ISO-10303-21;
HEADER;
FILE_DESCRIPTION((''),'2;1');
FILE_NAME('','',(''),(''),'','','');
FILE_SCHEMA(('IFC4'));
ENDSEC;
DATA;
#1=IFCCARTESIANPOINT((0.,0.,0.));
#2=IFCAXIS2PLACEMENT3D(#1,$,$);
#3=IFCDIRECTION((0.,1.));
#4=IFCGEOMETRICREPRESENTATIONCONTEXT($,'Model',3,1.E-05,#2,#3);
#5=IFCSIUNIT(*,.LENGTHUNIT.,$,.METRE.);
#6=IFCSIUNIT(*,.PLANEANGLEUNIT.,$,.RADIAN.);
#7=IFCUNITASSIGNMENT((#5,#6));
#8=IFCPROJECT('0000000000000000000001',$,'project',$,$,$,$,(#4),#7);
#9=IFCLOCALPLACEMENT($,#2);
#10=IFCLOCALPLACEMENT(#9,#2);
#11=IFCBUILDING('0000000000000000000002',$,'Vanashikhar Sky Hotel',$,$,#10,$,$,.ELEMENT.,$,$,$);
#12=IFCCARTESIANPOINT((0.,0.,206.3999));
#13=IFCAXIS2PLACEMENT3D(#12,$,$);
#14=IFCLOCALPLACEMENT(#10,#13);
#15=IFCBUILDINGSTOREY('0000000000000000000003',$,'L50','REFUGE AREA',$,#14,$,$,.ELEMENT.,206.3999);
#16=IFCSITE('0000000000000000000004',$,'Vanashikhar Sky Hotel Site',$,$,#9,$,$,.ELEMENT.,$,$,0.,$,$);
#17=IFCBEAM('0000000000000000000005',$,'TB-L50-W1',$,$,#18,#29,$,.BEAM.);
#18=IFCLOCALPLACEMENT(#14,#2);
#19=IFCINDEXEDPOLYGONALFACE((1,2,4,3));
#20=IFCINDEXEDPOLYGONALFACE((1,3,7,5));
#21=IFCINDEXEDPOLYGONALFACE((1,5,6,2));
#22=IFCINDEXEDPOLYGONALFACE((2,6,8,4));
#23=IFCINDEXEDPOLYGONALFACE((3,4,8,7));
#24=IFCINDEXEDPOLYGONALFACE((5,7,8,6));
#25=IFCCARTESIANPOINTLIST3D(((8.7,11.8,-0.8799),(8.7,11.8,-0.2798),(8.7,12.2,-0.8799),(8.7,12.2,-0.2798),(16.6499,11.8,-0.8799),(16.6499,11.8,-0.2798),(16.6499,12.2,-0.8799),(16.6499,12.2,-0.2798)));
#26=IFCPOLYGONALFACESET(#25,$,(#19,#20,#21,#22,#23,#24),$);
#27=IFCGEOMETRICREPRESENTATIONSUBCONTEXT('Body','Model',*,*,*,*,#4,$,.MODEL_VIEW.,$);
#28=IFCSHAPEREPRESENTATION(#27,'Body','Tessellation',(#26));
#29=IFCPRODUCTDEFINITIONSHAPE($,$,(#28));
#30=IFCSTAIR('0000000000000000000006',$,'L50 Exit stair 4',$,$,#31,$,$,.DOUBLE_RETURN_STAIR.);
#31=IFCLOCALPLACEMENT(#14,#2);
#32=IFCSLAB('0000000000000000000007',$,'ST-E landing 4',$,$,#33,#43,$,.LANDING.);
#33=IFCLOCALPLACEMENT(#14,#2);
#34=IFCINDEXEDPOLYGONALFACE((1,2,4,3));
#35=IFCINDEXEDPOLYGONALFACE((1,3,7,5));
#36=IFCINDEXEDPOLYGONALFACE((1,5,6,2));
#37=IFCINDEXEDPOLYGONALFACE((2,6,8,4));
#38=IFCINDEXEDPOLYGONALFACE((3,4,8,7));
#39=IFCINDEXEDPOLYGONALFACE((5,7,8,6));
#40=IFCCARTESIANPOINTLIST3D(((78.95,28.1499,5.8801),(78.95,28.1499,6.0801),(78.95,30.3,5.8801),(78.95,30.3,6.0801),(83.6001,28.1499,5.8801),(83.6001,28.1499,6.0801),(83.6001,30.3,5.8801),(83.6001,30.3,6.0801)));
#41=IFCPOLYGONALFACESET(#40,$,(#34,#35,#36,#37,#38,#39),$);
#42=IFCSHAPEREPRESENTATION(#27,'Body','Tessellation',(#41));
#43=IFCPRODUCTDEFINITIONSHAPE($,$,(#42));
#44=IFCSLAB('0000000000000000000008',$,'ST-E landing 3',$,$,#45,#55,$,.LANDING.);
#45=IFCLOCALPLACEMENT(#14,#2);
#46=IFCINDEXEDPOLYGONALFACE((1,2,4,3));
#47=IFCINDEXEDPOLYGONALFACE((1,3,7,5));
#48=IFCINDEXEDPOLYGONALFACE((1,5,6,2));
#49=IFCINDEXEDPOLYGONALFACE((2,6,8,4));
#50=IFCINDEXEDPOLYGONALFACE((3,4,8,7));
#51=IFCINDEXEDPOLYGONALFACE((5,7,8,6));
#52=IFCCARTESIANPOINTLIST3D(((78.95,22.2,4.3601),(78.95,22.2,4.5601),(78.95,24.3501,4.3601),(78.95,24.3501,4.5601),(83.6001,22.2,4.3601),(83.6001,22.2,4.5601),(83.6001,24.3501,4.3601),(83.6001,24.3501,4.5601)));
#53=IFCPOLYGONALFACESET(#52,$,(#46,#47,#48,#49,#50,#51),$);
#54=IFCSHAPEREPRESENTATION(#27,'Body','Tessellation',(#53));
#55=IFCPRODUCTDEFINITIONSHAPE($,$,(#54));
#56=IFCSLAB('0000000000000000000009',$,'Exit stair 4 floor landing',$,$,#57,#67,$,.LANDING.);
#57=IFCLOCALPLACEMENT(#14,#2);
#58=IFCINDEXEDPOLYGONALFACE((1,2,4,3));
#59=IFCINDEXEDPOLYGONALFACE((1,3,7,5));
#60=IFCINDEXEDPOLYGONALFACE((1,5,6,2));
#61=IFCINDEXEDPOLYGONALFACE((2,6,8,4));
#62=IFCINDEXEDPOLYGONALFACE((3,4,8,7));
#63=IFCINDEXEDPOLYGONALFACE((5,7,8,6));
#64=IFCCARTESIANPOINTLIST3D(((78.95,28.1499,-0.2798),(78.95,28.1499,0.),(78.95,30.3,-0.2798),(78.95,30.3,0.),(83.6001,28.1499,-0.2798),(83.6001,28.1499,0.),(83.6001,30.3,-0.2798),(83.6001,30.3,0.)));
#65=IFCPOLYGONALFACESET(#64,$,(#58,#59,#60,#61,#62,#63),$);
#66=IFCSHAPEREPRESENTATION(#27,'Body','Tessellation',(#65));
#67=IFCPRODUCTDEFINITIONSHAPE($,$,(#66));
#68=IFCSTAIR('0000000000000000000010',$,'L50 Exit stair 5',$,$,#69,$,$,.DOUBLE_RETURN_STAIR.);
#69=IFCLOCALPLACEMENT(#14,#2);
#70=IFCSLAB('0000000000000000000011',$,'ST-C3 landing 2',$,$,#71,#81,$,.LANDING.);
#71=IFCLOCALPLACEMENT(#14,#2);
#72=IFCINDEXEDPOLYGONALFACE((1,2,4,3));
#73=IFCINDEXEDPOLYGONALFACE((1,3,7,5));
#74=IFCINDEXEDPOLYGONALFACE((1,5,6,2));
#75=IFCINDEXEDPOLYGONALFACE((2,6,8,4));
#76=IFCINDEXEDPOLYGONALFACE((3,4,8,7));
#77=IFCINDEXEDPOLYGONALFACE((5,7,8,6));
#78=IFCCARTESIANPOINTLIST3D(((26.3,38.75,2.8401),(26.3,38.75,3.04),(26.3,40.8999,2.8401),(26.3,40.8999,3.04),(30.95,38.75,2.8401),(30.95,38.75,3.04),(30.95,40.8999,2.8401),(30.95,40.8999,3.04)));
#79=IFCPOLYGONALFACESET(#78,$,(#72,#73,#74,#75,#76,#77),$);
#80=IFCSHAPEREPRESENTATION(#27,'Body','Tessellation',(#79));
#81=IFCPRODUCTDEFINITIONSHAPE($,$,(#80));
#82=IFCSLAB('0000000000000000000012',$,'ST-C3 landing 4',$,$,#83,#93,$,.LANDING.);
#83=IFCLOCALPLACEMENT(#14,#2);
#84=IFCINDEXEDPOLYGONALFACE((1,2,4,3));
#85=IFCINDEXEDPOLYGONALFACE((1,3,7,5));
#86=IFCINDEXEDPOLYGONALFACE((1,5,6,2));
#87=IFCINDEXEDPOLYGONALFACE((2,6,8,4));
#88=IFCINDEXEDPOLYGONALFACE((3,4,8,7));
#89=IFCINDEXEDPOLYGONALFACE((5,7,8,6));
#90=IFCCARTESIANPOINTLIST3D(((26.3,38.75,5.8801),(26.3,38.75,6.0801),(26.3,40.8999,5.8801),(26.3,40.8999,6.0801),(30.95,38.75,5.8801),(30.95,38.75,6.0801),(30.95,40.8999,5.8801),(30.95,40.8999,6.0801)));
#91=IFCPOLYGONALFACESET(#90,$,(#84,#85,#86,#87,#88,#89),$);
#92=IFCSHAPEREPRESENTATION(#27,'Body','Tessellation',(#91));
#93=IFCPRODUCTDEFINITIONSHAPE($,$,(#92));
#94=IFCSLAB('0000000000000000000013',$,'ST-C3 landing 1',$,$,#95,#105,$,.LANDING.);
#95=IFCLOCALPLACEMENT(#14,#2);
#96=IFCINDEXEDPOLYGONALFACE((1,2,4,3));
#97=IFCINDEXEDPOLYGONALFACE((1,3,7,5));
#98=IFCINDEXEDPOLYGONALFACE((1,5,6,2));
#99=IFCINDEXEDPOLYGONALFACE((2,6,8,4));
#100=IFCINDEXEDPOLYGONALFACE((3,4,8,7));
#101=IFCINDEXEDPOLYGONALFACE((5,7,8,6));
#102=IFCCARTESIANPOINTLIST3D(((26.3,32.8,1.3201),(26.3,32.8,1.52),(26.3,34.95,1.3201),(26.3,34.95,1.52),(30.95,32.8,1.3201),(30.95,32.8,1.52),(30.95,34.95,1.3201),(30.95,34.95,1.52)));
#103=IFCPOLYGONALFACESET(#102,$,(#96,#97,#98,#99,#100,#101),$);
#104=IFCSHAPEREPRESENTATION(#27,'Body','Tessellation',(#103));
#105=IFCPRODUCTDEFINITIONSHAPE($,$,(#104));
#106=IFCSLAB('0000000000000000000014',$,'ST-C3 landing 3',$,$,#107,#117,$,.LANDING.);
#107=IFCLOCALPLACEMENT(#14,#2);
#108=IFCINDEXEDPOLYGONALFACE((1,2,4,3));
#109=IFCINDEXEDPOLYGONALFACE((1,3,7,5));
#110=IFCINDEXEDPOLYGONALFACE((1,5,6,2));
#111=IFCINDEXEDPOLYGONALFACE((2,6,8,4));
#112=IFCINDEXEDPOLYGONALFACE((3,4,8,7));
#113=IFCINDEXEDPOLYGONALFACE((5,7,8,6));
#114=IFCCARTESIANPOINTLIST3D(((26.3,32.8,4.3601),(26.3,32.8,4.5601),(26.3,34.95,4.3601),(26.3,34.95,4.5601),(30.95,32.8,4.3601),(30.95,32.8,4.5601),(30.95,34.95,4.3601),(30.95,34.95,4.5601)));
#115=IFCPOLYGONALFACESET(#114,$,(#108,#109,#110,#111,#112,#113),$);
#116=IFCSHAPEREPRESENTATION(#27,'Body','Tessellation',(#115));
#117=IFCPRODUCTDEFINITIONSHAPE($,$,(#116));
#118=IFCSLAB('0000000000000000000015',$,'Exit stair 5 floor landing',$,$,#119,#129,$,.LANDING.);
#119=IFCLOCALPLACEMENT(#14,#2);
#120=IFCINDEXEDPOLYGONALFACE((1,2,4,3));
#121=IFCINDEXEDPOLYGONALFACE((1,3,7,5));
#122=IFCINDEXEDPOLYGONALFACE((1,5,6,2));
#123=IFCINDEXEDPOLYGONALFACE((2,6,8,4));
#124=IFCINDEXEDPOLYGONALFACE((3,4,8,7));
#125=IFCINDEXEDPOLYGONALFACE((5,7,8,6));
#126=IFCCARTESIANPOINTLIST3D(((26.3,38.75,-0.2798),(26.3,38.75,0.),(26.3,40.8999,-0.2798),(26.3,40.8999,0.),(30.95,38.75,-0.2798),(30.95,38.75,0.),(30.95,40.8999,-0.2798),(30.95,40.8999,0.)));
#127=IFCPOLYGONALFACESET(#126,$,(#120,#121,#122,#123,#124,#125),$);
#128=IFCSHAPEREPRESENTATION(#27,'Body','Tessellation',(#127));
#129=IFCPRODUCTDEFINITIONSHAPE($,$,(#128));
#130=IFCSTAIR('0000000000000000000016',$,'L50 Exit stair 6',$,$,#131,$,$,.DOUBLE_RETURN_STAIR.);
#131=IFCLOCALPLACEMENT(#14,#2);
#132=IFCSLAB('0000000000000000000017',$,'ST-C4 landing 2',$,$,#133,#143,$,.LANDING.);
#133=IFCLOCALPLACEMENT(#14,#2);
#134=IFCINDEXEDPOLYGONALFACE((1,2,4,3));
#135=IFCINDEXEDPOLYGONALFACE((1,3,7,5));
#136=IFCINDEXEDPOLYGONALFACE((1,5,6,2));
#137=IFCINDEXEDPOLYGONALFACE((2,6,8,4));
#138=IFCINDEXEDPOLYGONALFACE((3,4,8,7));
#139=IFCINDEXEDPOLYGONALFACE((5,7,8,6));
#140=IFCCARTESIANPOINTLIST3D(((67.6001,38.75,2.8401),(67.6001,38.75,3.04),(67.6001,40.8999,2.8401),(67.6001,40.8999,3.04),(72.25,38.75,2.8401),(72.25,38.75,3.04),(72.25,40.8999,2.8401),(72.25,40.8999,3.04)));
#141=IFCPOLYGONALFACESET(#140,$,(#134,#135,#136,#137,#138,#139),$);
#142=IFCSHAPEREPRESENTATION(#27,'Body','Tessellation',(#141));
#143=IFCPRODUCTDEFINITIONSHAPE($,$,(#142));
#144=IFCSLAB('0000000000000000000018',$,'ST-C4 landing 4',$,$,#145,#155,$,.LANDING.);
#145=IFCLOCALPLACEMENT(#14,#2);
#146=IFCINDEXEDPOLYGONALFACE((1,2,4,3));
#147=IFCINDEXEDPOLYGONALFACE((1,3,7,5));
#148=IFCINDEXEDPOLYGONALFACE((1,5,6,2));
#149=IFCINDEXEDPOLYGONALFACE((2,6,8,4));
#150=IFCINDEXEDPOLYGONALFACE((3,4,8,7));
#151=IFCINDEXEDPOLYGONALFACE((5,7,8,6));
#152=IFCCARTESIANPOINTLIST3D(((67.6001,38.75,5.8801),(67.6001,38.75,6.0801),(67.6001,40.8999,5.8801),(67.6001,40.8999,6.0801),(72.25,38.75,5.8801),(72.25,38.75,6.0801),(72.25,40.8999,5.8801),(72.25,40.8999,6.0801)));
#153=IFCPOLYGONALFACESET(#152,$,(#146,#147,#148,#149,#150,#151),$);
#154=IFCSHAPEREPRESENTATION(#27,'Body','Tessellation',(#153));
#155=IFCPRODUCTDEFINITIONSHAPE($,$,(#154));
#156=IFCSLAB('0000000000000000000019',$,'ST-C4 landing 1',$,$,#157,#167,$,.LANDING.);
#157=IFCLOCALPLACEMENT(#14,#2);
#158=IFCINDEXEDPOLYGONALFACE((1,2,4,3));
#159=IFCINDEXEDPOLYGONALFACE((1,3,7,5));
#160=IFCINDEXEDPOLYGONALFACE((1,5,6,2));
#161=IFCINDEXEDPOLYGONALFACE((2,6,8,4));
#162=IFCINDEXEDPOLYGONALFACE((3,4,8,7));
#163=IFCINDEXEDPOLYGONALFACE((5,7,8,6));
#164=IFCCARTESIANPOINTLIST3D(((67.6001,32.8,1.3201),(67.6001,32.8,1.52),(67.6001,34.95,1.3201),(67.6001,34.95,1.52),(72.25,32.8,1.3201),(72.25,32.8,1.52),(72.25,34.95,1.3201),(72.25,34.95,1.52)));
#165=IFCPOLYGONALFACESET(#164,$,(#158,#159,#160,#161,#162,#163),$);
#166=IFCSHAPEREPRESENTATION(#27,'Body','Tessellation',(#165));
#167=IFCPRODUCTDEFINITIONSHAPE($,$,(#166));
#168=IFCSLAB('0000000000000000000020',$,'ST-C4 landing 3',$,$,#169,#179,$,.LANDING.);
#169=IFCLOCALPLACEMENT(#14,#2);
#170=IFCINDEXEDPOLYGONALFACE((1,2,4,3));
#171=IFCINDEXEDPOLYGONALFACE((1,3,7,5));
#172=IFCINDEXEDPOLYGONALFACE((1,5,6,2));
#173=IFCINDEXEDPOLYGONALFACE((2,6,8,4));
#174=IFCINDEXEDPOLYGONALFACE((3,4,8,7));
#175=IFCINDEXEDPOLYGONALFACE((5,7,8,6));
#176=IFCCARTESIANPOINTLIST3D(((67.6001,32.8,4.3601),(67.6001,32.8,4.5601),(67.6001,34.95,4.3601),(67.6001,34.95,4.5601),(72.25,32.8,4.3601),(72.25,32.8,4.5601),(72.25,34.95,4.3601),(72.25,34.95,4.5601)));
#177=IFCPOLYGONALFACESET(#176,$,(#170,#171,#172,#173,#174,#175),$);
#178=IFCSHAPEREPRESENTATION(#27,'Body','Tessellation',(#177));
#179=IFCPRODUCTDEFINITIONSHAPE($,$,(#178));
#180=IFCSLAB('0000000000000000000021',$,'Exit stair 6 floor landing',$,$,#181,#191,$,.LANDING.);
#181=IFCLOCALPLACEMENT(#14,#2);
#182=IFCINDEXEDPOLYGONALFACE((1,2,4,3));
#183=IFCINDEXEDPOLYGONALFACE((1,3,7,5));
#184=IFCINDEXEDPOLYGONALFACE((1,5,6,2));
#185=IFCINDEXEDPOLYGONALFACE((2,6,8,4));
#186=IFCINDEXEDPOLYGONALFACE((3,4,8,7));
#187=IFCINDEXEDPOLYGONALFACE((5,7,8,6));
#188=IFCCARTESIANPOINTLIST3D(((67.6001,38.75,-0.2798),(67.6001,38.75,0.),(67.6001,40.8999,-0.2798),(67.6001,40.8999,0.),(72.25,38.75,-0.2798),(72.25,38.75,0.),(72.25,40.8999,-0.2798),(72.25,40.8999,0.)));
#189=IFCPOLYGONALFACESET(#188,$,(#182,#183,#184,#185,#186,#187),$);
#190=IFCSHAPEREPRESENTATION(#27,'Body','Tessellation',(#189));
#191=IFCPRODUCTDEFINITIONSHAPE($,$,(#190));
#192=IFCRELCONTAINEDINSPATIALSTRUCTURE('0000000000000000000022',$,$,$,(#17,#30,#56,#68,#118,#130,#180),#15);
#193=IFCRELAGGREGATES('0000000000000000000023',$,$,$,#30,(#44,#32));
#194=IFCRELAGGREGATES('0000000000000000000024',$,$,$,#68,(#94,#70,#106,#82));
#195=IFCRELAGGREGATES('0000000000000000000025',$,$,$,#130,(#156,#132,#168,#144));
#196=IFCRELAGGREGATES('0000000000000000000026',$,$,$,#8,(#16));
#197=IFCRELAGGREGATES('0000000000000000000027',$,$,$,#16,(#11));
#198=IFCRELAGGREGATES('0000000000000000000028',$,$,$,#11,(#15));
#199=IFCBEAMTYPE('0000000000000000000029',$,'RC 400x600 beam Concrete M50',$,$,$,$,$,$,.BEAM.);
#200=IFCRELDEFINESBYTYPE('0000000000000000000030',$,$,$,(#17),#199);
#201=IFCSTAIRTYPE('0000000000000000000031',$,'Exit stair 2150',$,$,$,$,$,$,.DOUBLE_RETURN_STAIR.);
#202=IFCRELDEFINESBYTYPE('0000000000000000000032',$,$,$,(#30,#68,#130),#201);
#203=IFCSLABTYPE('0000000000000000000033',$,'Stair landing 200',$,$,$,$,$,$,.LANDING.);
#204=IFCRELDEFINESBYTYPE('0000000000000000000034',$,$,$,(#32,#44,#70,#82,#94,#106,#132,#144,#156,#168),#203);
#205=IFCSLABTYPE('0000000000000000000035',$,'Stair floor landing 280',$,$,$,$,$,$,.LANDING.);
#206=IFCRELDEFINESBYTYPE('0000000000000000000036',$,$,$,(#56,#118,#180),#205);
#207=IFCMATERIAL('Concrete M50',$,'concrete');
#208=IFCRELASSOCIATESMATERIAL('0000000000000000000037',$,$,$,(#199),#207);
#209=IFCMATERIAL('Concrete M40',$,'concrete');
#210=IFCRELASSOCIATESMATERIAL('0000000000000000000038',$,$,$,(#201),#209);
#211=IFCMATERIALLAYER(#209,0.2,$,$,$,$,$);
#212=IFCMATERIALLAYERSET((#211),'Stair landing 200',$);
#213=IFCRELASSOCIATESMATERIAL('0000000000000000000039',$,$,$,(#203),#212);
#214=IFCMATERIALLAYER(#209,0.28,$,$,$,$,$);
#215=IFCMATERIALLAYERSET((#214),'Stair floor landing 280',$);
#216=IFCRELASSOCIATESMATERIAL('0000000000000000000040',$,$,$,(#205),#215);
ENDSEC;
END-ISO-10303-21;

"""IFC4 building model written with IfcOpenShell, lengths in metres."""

from ifc_helpers import new_model, si_unit, direction, frame, origin, origin_2d, place, context, subcontext, project, spatial, polyline, rectangle, outline, extrude, source, transform, mapped, material, layer, layer_set, material_profile, profile_set, type_object, element, aggregate, save


model = new_model("IFC4")

# Units and contexts
model_context = context("Model", 3, precision=1e-05, world=origin(), true_north=direction((0.0, 1.0)))
body_context = subcontext(model_context, "Body", "Model", "MODEL_VIEW")
ifc_project = project(units=[si_unit("LENGTHUNIT", "METRE"), si_unit("PLANEANGLEUNIT", "RADIAN")], contexts=[model_context])

# Site, building, storey
site_placement = place(None, origin())
site = spatial("IfcSite", under=ifc_project, at=site_placement, Name="Vanashikhar Sky Hotel Site", CompositionType="ELEMENT", RefElevation=0.0)
building_placement = place(site_placement, origin())
building = spatial("IfcBuilding", under=site, at=building_placement, Name="Vanashikhar Sky Hotel", CompositionType="ELEMENT")
storey_placement = place(building_placement, frame((0.0, 0.0, 206.3999)))
storey = spatial("IfcBuildingStorey", under=building, at=storey_placement, Name="L50", Description="REFUGE AREA", CompositionType="ELEMENT", Elevation=206.3999)

# Beam
ifc_material_1 = material(Name="Concrete M50", Category="concrete")
ifc_material_profile = material_profile(ifc_material_1, rectangle(XDim=0.3999, YDim=0.6001, at=origin_2d()))
ifc_profile_set = profile_set([ifc_material_profile], Name="RC 400x600 beam Concrete M50")
beam_type = type_object("IfcBeamType", Name="RC 400x600 beam Concrete M50", PredefinedType="BEAM", material=ifc_profile_set)
shared_shape_1 = source(origin(), body_context, "Body", "SweptSolid", [
    extrude(rectangle(XDim=0.3999, YDim=0.6001, at=origin_2d()), origin(), (0.0, 0.0, 1.0), 7.95),
])
beam_placement = place(storey_placement, frame((8.7, 12.0, -0.5798), z_axis=(1.0, 0.0, 0.0), x_axis=(0.0, 1.0, 0.0)))
element("IfcBeam", 1, at=beam_placement, inside=storey, type_object=beam_type, Name="TB-L50-W1", PredefinedType="BEAM", context=body_context, shape_type="MappedRepresentation", body=[
    mapped(shared_shape_1, transform((0.0, 0.0, 0.0), scale=1.0)),
])

# Stair, slabs
ifc_material_2 = material(Name="Concrete M40", Category="concrete")
stair_type = type_object("IfcStairType", Name="Exit stair 2150", PredefinedType="DOUBLE_RETURN_STAIR", material=ifc_material_2)
stair_1_placement = place(storey_placement, origin())
stair_1 = element("IfcStair", 2, at=stair_1_placement, inside=storey, type_object=stair_type, Name="L50 Exit stair 4", PredefinedType="DOUBLE_RETURN_STAIR")
ifc_layer_1 = layer(ifc_material_2, 0.2)
ifc_layer_set_1 = layer_set([ifc_layer_1], Name="Stair landing 200")
slab_type_1 = type_object("IfcSlabType", Name="Stair landing 200", PredefinedType="LANDING", material=ifc_layer_set_1)
shared_shape_2 = source(origin(), body_context, "Body", "SweptSolid", [
    extrude(outline(polyline([(83.6001, 28.1499), (83.6001, 30.3), (78.95, 30.3), (78.95, 28.1499), (83.6001, 28.1499)])), origin(), (0.0, 0.0, 1.0), 0.2),
])
slab_1_placement = place(storey_placement, frame((0.0, 0.0, 5.8801)))
slab_1 = element("IfcSlab", 3, at=slab_1_placement, type_object=slab_type_1, Name="ST-E landing 4", PredefinedType="LANDING", context=body_context, shape_type="MappedRepresentation", body=[
    mapped(shared_shape_2, transform((0.0, 0.0, 0.0), scale=1.0)),
])
shared_shape_3 = source(origin(), body_context, "Body", "SweptSolid", [
    extrude(outline(polyline([(83.6001, 22.2), (83.6001, 24.3501), (78.95, 24.3501), (78.95, 22.2), (83.6001, 22.2)])), origin(), (0.0, 0.0, 1.0), 0.2),
])
slab_2_placement = place(storey_placement, frame((0.0, 0.0, 4.3601)))
slab_2 = element("IfcSlab", 4, at=slab_2_placement, type_object=slab_type_1, Name="ST-E landing 3", PredefinedType="LANDING", context=body_context, shape_type="MappedRepresentation", body=[
    mapped(shared_shape_3, transform((0.0, 0.0, 0.0), scale=1.0)),
])
aggregate(stair_1, [slab_2, slab_1])

# Slab
ifc_layer_2 = layer(ifc_material_2, 0.28)
ifc_layer_set_2 = layer_set([ifc_layer_2], Name="Stair floor landing 280")
slab_type_2 = type_object("IfcSlabType", Name="Stair floor landing 280", PredefinedType="LANDING", material=ifc_layer_set_2)
shared_shape_4 = source(origin(), body_context, "Body", "SweptSolid", [
    extrude(outline(polyline([(83.6001, 28.1499), (83.6001, 30.3), (78.95, 30.3), (78.95, 28.1499), (83.6001, 28.1499)])), origin(), (0.0, 0.0, 1.0), 0.2798),
])
slab_3_placement = place(storey_placement, frame((0.0, 0.0, -0.2798)))
element("IfcSlab", 5, at=slab_3_placement, inside=storey, type_object=slab_type_2, Name="Exit stair 4 floor landing", PredefinedType="LANDING", context=body_context, shape_type="MappedRepresentation", body=[
    mapped(shared_shape_4, transform((0.0, 0.0, 0.0), scale=1.0)),
])

# Stair, slabs
stair_2_placement = place(storey_placement, origin())
stair_2 = element("IfcStair", 6, at=stair_2_placement, inside=storey, type_object=stair_type, Name="L50 Exit stair 5", PredefinedType="DOUBLE_RETURN_STAIR")
shared_shape_5 = source(origin(), body_context, "Body", "SweptSolid", [
    extrude(outline(polyline([(30.95, 38.75), (30.95, 40.8999), (26.3, 40.8999), (26.3, 38.75), (30.95, 38.75)])), origin(), (0.0, 0.0, 1.0), 0.2),
])
slab_4_placement = place(storey_placement, frame((0.0, 0.0, 2.8401)))
slab_4 = element("IfcSlab", 7, at=slab_4_placement, type_object=slab_type_1, Name="ST-C3 landing 2", PredefinedType="LANDING", context=body_context, shape_type="MappedRepresentation", body=[
    mapped(shared_shape_5, transform((0.0, 0.0, 0.0), scale=1.0)),
])
slab_5_placement = place(storey_placement, frame((0.0, 0.0, 5.8801)))
slab_5 = element("IfcSlab", 8, at=slab_5_placement, type_object=slab_type_1, Name="ST-C3 landing 4", PredefinedType="LANDING", context=body_context, shape_type="MappedRepresentation", body=[
    mapped(shared_shape_5, transform((0.0, 0.0, 0.0), scale=1.0)),
])
shared_shape_6 = source(origin(), body_context, "Body", "SweptSolid", [
    extrude(outline(polyline([(30.95, 32.8), (30.95, 34.95), (26.3, 34.95), (26.3, 32.8), (30.95, 32.8)])), origin(), (0.0, 0.0, 1.0), 0.2),
])
slab_6_placement = place(storey_placement, frame((0.0, 0.0, 1.3201)))
slab_6 = element("IfcSlab", 9, at=slab_6_placement, type_object=slab_type_1, Name="ST-C3 landing 1", PredefinedType="LANDING", context=body_context, shape_type="MappedRepresentation", body=[
    mapped(shared_shape_6, transform((0.0, 0.0, 0.0), scale=1.0)),
])
slab_7_placement = place(storey_placement, frame((0.0, 0.0, 4.3601)))
slab_7 = element("IfcSlab", 10, at=slab_7_placement, type_object=slab_type_1, Name="ST-C3 landing 3", PredefinedType="LANDING", context=body_context, shape_type="MappedRepresentation", body=[
    mapped(shared_shape_6, transform((0.0, 0.0, 0.0), scale=1.0)),
])
aggregate(stair_2, [slab_6, slab_4, slab_7, slab_5])

# Slab
shared_shape_7 = source(origin(), body_context, "Body", "SweptSolid", [
    extrude(outline(polyline([(30.95, 38.75), (30.95, 40.8999), (26.3, 40.8999), (26.3, 38.75), (30.95, 38.75)])), origin(), (0.0, 0.0, 1.0), 0.2798),
])
slab_8_placement = place(storey_placement, frame((0.0, 0.0, -0.2798)))
element("IfcSlab", 11, at=slab_8_placement, inside=storey, type_object=slab_type_2, Name="Exit stair 5 floor landing", PredefinedType="LANDING", context=body_context, shape_type="MappedRepresentation", body=[
    mapped(shared_shape_7, transform((0.0, 0.0, 0.0), scale=1.0)),
])

# Stair, slabs
stair_3_placement = place(storey_placement, origin())
stair_3 = element("IfcStair", 12, at=stair_3_placement, inside=storey, type_object=stair_type, Name="L50 Exit stair 6", PredefinedType="DOUBLE_RETURN_STAIR")
shared_shape_8 = source(origin(), body_context, "Body", "SweptSolid", [
    extrude(outline(polyline([(72.25, 38.75), (72.25, 40.8999), (67.6001, 40.8999), (67.6001, 38.75), (72.25, 38.75)])), origin(), (0.0, 0.0, 1.0), 0.2),
])
slab_9_placement = place(storey_placement, frame((0.0, 0.0, 2.8401)))
slab_9 = element("IfcSlab", 13, at=slab_9_placement, type_object=slab_type_1, Name="ST-C4 landing 2", PredefinedType="LANDING", context=body_context, shape_type="MappedRepresentation", body=[
    mapped(shared_shape_8, transform((0.0, 0.0, 0.0), scale=1.0)),
])
slab_10_placement = place(storey_placement, frame((0.0, 0.0, 5.8801)))
slab_10 = element("IfcSlab", 14, at=slab_10_placement, type_object=slab_type_1, Name="ST-C4 landing 4", PredefinedType="LANDING", context=body_context, shape_type="MappedRepresentation", body=[
    mapped(shared_shape_8, transform((0.0, 0.0, 0.0), scale=1.0)),
])
shared_shape_9 = source(origin(), body_context, "Body", "SweptSolid", [
    extrude(outline(polyline([(72.25, 32.8), (72.25, 34.95), (67.6001, 34.95), (67.6001, 32.8), (72.25, 32.8)])), origin(), (0.0, 0.0, 1.0), 0.2),
])
slab_11_placement = place(storey_placement, frame((0.0, 0.0, 1.3201)))
slab_11 = element("IfcSlab", 15, at=slab_11_placement, type_object=slab_type_1, Name="ST-C4 landing 1", PredefinedType="LANDING", context=body_context, shape_type="MappedRepresentation", body=[
    mapped(shared_shape_9, transform((0.0, 0.0, 0.0), scale=1.0)),
])
slab_12_placement = place(storey_placement, frame((0.0, 0.0, 4.3601)))
slab_12 = element("IfcSlab", 16, at=slab_12_placement, type_object=slab_type_1, Name="ST-C4 landing 3", PredefinedType="LANDING", context=body_context, shape_type="MappedRepresentation", body=[
    mapped(shared_shape_9, transform((0.0, 0.0, 0.0), scale=1.0)),
])
aggregate(stair_3, [slab_11, slab_9, slab_12, slab_10])

# Slab
shared_shape_10 = source(origin(), body_context, "Body", "SweptSolid", [
    extrude(outline(polyline([(72.25, 38.75), (72.25, 40.8999), (67.6001, 40.8999), (67.6001, 38.75), (72.25, 38.75)])), origin(), (0.0, 0.0, 1.0), 0.2798),
])
slab_13_placement = place(storey_placement, frame((0.0, 0.0, -0.2798)))
element("IfcSlab", 17, at=slab_13_placement, inside=storey, type_object=slab_type_2, Name="Exit stair 6 floor landing", PredefinedType="LANDING", context=body_context, shape_type="MappedRepresentation", body=[
    mapped(shared_shape_10, transform((0.0, 0.0, 0.0), scale=1.0)),
])

save(model, "model.ifc")
